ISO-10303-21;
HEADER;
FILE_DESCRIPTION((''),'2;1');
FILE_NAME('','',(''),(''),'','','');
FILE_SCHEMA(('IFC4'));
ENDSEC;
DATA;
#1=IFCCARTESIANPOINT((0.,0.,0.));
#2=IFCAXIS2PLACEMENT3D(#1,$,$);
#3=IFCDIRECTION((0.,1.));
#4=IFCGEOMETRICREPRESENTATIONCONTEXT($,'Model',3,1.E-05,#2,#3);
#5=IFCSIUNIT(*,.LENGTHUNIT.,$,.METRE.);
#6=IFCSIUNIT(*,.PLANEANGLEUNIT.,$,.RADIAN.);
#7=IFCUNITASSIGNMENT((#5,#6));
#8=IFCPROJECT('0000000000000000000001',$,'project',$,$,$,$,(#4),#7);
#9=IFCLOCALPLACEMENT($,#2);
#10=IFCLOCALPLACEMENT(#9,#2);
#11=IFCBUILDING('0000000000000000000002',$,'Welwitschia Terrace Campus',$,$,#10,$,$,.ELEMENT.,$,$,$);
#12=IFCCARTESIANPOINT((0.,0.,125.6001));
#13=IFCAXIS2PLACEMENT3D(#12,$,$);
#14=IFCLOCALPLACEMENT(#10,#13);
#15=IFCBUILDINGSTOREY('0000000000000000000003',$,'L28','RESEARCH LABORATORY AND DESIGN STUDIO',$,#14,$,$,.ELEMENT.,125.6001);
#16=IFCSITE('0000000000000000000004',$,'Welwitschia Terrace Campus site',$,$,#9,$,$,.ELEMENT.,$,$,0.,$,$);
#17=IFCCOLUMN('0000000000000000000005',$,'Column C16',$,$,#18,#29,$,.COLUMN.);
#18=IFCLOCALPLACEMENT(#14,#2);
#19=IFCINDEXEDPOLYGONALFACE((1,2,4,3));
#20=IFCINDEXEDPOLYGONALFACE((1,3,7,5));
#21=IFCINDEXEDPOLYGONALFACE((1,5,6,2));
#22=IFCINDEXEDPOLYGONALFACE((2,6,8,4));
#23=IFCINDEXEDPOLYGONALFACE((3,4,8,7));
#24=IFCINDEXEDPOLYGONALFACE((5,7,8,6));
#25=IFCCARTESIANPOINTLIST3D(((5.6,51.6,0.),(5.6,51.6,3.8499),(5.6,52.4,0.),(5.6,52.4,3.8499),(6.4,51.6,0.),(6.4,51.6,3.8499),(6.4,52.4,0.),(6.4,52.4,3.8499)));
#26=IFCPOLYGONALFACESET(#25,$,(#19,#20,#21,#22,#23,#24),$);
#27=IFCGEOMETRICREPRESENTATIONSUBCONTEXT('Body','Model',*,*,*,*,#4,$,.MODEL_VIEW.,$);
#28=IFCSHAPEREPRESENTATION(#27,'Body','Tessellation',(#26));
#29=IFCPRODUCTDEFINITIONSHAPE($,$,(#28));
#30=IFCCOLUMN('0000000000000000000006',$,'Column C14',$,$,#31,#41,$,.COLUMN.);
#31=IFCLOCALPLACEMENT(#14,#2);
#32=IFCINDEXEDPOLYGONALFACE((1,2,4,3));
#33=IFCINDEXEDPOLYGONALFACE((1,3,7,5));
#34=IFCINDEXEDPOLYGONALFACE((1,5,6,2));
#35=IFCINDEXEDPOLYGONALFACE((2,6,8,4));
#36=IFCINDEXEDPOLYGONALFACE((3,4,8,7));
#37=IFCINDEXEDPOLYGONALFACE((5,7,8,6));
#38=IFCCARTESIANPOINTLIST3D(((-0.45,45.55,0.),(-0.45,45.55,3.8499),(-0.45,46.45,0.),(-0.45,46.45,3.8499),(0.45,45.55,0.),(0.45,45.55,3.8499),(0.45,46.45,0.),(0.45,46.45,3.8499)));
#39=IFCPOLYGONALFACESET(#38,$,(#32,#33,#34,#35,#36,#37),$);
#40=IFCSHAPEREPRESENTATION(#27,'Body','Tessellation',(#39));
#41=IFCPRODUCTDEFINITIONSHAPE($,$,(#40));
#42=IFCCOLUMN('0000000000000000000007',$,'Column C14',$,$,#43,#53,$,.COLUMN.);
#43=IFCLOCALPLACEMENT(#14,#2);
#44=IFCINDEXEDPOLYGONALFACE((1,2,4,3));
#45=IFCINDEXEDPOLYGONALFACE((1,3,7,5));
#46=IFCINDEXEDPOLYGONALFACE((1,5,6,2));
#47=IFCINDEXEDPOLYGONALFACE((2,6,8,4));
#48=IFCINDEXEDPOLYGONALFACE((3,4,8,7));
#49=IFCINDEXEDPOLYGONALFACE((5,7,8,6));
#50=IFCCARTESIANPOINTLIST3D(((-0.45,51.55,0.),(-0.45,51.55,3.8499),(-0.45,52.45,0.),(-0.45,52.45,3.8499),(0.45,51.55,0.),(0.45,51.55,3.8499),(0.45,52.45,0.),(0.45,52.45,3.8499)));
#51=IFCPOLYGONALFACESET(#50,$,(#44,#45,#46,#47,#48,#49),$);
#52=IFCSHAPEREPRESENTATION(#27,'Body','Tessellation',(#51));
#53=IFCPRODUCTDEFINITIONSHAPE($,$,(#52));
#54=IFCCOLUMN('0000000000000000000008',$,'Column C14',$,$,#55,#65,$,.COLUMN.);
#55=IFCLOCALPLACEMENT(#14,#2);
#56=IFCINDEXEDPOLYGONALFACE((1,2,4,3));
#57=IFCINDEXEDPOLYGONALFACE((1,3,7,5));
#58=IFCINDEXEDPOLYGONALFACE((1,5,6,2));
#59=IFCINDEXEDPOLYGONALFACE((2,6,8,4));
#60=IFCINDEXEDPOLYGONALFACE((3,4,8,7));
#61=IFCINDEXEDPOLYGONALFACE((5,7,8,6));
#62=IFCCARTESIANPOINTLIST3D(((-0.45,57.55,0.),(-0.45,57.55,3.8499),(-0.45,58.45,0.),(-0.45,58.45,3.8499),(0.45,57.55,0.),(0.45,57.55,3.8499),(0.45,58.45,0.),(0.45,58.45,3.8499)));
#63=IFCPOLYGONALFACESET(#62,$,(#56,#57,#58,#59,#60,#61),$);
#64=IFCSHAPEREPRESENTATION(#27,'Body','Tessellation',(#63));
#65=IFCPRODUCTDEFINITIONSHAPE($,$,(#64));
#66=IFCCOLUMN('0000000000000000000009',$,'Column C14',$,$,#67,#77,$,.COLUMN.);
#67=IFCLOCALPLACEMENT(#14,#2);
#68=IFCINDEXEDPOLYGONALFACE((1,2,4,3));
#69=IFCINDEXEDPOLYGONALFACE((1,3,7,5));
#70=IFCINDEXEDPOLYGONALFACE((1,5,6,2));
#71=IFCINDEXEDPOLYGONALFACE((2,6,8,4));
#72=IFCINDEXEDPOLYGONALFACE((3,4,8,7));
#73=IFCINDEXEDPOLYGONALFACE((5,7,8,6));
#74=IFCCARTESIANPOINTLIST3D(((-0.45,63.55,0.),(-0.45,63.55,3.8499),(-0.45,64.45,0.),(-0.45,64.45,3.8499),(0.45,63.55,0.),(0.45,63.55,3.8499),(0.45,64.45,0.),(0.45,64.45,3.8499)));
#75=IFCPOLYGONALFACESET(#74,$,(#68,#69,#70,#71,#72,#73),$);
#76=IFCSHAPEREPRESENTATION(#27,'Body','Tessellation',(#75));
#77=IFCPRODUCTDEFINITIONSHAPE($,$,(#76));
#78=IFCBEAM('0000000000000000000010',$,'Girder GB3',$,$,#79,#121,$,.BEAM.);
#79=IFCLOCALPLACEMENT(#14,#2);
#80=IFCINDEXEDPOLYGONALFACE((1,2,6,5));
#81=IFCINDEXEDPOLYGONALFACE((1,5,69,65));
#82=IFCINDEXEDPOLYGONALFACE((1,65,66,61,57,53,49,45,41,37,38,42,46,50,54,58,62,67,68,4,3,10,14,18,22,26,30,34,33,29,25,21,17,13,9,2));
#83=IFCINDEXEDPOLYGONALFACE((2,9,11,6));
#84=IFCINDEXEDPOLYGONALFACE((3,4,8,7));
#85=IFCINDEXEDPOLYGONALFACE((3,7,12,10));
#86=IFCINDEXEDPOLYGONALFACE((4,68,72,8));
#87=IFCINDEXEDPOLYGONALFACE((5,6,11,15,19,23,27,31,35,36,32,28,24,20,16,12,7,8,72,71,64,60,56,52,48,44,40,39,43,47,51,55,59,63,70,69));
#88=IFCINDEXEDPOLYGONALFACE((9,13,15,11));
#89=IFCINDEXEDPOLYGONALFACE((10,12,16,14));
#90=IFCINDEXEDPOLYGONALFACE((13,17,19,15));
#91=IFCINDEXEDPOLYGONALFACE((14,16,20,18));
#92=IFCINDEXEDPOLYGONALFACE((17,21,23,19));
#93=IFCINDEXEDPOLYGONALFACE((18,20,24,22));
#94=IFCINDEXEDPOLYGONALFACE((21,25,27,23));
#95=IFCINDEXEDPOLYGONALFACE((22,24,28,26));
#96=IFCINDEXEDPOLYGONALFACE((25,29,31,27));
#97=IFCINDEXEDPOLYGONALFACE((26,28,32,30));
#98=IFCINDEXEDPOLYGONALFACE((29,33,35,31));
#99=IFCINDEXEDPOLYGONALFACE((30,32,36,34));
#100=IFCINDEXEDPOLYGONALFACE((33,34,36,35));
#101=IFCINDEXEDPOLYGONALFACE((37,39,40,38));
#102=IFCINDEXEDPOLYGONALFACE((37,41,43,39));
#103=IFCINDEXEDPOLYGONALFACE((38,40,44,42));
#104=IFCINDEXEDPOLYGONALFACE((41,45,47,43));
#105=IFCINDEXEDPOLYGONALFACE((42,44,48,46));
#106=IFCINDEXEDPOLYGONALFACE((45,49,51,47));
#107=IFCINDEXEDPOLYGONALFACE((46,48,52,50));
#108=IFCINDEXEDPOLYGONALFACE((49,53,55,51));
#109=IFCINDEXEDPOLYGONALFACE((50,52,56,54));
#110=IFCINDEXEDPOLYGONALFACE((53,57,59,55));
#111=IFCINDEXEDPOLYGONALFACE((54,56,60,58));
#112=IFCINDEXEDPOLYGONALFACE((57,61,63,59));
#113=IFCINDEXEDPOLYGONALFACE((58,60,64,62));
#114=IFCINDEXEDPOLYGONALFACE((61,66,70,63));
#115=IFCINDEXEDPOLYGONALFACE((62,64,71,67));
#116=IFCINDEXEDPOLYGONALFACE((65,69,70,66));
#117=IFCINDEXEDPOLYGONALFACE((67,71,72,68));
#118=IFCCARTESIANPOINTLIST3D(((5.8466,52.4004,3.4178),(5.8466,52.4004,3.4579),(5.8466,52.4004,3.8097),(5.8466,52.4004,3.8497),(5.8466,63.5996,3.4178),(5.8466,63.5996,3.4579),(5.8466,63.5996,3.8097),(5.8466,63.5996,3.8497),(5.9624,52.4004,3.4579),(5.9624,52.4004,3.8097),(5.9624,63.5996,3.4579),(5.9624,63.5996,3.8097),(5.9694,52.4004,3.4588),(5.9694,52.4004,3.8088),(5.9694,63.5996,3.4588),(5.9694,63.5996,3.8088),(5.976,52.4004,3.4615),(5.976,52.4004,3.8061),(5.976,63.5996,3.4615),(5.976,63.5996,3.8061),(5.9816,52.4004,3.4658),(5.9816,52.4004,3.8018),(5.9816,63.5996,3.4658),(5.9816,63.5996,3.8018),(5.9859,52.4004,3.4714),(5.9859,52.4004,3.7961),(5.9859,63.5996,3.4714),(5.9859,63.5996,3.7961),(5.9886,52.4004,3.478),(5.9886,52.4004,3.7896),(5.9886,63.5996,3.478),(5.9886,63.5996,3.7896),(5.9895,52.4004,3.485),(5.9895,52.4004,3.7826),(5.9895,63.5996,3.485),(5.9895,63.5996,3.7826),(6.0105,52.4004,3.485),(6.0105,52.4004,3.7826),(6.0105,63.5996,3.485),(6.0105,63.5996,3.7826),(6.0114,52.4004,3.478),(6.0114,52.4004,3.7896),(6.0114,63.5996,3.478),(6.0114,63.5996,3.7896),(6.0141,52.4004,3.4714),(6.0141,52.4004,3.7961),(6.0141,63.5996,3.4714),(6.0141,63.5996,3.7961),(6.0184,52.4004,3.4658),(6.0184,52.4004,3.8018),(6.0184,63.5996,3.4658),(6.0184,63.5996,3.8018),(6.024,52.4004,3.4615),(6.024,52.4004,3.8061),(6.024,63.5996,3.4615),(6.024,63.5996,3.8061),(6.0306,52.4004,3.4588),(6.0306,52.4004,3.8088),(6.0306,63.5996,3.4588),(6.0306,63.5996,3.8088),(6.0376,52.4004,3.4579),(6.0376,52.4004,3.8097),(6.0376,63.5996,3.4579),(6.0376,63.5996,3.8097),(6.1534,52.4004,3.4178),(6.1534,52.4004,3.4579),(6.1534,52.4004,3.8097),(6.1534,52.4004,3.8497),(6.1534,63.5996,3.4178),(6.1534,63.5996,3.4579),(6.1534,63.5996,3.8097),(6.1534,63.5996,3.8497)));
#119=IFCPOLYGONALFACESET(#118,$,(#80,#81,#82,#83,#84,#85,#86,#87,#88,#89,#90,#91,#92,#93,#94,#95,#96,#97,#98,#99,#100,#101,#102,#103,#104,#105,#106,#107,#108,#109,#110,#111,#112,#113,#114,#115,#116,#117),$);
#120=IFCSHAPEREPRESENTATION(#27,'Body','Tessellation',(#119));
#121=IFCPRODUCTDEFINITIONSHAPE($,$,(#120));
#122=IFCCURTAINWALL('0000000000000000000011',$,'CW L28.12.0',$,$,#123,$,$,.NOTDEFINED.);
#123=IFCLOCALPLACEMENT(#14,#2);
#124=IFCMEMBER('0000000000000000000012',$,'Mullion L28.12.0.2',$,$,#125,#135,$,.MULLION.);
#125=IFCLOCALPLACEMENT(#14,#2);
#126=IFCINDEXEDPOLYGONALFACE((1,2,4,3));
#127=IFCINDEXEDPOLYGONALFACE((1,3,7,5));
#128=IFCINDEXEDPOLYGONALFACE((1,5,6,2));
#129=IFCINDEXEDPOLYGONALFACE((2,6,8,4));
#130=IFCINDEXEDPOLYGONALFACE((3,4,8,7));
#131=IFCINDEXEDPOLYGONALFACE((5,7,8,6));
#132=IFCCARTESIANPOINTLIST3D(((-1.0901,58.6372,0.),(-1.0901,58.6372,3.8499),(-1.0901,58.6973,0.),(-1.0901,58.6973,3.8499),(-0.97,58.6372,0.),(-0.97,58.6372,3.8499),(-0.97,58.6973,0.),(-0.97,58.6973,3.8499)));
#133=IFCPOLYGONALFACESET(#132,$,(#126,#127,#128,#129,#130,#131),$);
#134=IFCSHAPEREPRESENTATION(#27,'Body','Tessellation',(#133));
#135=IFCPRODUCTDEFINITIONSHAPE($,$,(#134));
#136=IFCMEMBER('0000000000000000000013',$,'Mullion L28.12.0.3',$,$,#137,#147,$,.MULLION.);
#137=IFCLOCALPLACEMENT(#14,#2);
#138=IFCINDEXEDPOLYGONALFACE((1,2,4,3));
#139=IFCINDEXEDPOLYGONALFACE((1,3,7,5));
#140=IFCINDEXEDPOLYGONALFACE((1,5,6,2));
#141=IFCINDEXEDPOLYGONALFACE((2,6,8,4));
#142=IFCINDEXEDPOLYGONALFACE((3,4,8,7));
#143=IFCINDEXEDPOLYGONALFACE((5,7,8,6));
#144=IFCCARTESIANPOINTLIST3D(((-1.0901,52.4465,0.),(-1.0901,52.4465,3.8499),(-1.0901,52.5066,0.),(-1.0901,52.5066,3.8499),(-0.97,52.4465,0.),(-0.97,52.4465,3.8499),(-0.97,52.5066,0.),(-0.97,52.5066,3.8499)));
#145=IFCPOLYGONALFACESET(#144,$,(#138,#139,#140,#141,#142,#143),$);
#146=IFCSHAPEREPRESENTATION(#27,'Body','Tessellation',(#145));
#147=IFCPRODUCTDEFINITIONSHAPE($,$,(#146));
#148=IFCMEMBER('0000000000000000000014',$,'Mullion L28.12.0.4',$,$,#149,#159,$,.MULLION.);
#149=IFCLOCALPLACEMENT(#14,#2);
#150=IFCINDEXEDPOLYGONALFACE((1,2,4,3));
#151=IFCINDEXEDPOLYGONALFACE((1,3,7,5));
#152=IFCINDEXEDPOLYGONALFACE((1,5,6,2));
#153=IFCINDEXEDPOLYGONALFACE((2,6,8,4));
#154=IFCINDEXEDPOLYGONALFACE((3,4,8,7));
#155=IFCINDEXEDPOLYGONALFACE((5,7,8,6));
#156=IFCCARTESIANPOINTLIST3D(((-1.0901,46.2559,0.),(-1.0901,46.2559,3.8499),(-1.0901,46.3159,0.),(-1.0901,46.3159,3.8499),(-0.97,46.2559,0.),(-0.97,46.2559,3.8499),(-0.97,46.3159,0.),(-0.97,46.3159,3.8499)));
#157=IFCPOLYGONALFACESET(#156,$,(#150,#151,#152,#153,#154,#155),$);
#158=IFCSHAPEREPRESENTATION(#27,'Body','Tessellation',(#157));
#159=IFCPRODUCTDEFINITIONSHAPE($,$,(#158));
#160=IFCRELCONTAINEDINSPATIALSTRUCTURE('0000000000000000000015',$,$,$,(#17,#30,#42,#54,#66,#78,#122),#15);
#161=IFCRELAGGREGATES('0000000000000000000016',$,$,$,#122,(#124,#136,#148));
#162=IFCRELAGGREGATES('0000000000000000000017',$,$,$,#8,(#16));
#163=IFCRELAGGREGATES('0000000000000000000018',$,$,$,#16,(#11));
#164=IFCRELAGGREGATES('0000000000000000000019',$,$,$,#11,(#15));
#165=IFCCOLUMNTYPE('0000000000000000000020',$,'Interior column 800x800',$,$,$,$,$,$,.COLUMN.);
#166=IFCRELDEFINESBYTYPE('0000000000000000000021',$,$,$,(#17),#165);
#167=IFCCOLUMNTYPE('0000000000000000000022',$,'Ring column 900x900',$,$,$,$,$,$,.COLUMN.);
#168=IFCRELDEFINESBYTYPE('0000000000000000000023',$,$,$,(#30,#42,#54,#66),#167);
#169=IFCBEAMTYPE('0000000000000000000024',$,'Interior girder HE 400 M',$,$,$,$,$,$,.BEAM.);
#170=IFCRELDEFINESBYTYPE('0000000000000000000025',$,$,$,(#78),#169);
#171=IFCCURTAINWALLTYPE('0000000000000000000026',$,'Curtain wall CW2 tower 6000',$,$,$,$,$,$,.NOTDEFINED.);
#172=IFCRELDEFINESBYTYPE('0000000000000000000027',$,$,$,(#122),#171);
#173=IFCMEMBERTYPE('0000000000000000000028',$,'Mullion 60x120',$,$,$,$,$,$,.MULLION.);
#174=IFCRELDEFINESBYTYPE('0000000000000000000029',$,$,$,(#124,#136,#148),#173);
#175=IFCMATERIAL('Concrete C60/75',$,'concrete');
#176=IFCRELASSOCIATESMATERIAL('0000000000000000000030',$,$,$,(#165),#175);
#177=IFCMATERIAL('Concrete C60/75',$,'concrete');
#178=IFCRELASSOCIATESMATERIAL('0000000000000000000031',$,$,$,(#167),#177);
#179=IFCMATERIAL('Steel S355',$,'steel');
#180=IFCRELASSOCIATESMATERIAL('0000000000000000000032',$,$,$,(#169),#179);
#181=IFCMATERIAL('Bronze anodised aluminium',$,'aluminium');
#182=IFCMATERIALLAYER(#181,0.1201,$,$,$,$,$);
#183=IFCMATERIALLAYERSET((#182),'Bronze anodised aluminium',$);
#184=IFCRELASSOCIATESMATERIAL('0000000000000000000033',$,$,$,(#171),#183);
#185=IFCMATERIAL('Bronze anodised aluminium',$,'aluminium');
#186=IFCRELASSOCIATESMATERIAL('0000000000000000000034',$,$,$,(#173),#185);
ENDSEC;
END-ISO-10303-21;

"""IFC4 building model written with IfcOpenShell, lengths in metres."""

from ifc_helpers import new_model, si_unit, direction, frame, origin, origin_2d, place, context, subcontext, project, spatial, rectangle, i_section, extrude, material, layer, layer_set, material_profile, profile_set, type_object, element, aggregate, save


model = new_model("IFC4")

# Units and contexts
model_context = context("Model", 3, precision=1e-05, world=origin(), true_north=direction((0.0, 1.0)))
body_context = subcontext(model_context, "Body", "Model", "MODEL_VIEW")
ifc_project = project(units=[si_unit("LENGTHUNIT", "METRE"), si_unit("PLANEANGLEUNIT", "RADIAN")], contexts=[model_context])

# Site, building, storey
site_placement = place(None, origin())
site = spatial("IfcSite", under=ifc_project, at=site_placement, Name="Welwitschia Terrace Campus site", CompositionType="ELEMENT", RefElevation=0.0)
building_placement = place(site_placement, origin())
building = spatial("IfcBuilding", under=site, at=building_placement, Name="Welwitschia Terrace Campus", CompositionType="ELEMENT")
storey_placement = place(building_placement, frame((0.0, 0.0, 125.6001)))
storey = spatial("IfcBuildingStorey", under=building, at=storey_placement, Name="L28", Description="RESEARCH LABORATORY AND DESIGN STUDIO", CompositionType="ELEMENT", Elevation=125.6001)

# Columns
ifc_material_1 = material(Name="Concrete C60/75", Category="concrete")
ifc_material_profile_1 = material_profile(ifc_material_1, rectangle(XDim=0.8, YDim=0.8, at=origin_2d()))
ifc_profile_set_1 = profile_set([ifc_material_profile_1], Name="Concrete C60/75")
column_type_1 = type_object("IfcColumnType", Name="Interior column 800x800", PredefinedType="COLUMN", material=ifc_profile_set_1)
column_placement = place(storey_placement, frame((6.0, 52.0, 0.0), z_axis=(0.0, 0.0, 1.0), x_axis=(1.0, 0.0, 0.0)))
element("IfcColumn", 1, at=column_placement, inside=storey, type_object=column_type_1, Name="Column C16", PredefinedType="COLUMN", context=body_context, shape_type="SweptSolid", body=[
    extrude(rectangle(XDim=0.8, YDim=0.8, at=origin_2d()), origin(), (0.0, 0.0, 1.0), 3.8499),
])
ifc_material_2 = material(Name="Concrete C60/75", Category="concrete")
ifc_material_profile_2 = material_profile(ifc_material_2, rectangle(XDim=0.8999, YDim=0.8999, at=origin_2d()))
ifc_profile_set_2 = profile_set([ifc_material_profile_2], Name="Concrete C60/75")
column_type_2 = type_object("IfcColumnType", Name="Ring column 900x900", PredefinedType="COLUMN", material=ifc_profile_set_2)
for number, where, z_axis, x_axis, name in (
    (2, (0.0, 46.0, 0.0), (0.0, 0.0, 1.0), (1.0, 0.0, 0.0), "Column C14"),
    (3, (0.0, 52.0, 0.0), (0.0, 0.0, 1.0), (1.0, 0.0, 0.0), "Column C14"),
    (4, (0.0, 58.0, 0.0), (0.0, 0.0, 1.0), (1.0, 0.0, 0.0), "Column C14"),
    (5, (0.0, 64.0, 0.0), (0.0, 0.0, 1.0), (1.0, 0.0, 0.0), "Column C14"),
):
    element("IfcColumn", number, at=place(storey_placement, frame(where, z_axis=z_axis, x_axis=x_axis)), inside=storey, type_object=column_type_2, Name=name, PredefinedType="COLUMN", context=body_context, shape_type="SweptSolid", body=[
        extrude(rectangle(XDim=0.8999, YDim=0.8999, at=origin_2d()), origin(), (0.0, 0.0, 1.0), 3.8499),
    ])

# Beam
ifc_material_3 = material(Name="Steel S355", Category="steel")
ifc_material_profile_3 = material_profile(ifc_material_3, i_section(OverallWidth=0.3069, OverallDepth=0.4319, WebThickness=0.021, FlangeThickness=0.04, FilletRadius=0.0271, at=origin_2d()))
ifc_profile_set_3 = profile_set([ifc_material_profile_3], Name="Steel S355")
beam_type_1 = type_object("IfcBeamType", Name="Interior girder HE 400 M", PredefinedType="BEAM", material=ifc_profile_set_3)
beam_1_placement = place(storey_placement, frame((6.0, 52.4004, 3.6338), z_axis=(0.0, 1.0, 0.0), x_axis=(-1.0, 0.0, 0.0)))
element("IfcBeam", 6, at=beam_1_placement, inside=storey, type_object=beam_type_1, Name="Girder GB3", PredefinedType="BEAM", context=body_context, shape_type="SweptSolid", body=[
    extrude(i_section(OverallWidth=0.3069, OverallDepth=0.4319, WebThickness=0.021, FlangeThickness=0.04, FilletRadius=0.0271, at=origin_2d()), origin(), (0.0, 0.0, 1.0), 11.1992),
])

# Curtain wall, members
ifc_material_4 = material(Name="Bronze anodised aluminium", Category="aluminium")
ifc_layer_1 = layer(ifc_material_4, 0.1201)
ifc_layer_set_1 = layer_set([ifc_layer_1], Name="Bronze anodised aluminium")
curtain_wall_type = type_object("IfcCurtainWallType", Name="Curtain wall CW2 tower 6000", PredefinedType="NOTDEFINED", material=ifc_layer_set_1)
curtain_wall_placement = place(storey_placement, origin())
curtain_wall = element("IfcCurtainWall", 7, at=curtain_wall_placement, inside=storey, type_object=curtain_wall_type, Name="CW L28.12.0", PredefinedType="NOTDEFINED")
ifc_material_5 = material(Name="Bronze anodised aluminium", Category="aluminium")
ifc_material_profile_4 = material_profile(ifc_material_5, rectangle(XDim=0.1201, YDim=0.0601, at=origin_2d()))
ifc_profile_set_4 = profile_set([ifc_material_profile_4], Name="Bronze anodised aluminium")
member_type = type_object("IfcMemberType", Name="Mullion 60x120", PredefinedType="MULLION", material=ifc_profile_set_4)
member_1_placement = place(storey_placement, frame((-1.03, 58.6672, 0.0), z_axis=(0.0, 0.0, 1.0), x_axis=(1.0, 0.0, 0.0)))
member_1 = element("IfcMember", 8, at=member_1_placement, type_object=member_type, Name="Mullion L28.12.0.2", PredefinedType="MULLION", context=body_context, shape_type="SweptSolid", body=[
    extrude(rectangle(XDim=0.1201, YDim=0.0601, at=origin_2d()), origin(), (0.0, 0.0, 1.0), 3.8499),
])
member_2_placement = place(storey_placement, frame((-1.03, 52.4766, 0.0), z_axis=(0.0, 0.0, 1.0), x_axis=(1.0, 0.0, 0.0)))
member_2 = element("IfcMember", 9, at=member_2_placement, type_object=member_type, Name="Mullion L28.12.0.3", PredefinedType="MULLION", context=body_context, shape_type="SweptSolid", body=[
    extrude(rectangle(XDim=0.1201, YDim=0.0601, at=origin_2d()), origin(), (0.0, 0.0, 1.0), 3.8499),
])
member_3_placement = place(storey_placement, frame((-1.03, 46.2859, 0.0), z_axis=(0.0, 0.0, 1.0), x_axis=(1.0, 0.0, 0.0)))
member_3 = element("IfcMember", 10, at=member_3_placement, type_object=member_type, Name="Mullion L28.12.0.4", PredefinedType="MULLION", context=body_context, shape_type="SweptSolid", body=[
    extrude(rectangle(XDim=0.1201, YDim=0.0601, at=origin_2d()), origin(), (0.0, 0.0, 1.0), 3.8499),
])

aggregate(curtain_wall, [member_1, member_2, member_3])

save(model, "model.ifc")
